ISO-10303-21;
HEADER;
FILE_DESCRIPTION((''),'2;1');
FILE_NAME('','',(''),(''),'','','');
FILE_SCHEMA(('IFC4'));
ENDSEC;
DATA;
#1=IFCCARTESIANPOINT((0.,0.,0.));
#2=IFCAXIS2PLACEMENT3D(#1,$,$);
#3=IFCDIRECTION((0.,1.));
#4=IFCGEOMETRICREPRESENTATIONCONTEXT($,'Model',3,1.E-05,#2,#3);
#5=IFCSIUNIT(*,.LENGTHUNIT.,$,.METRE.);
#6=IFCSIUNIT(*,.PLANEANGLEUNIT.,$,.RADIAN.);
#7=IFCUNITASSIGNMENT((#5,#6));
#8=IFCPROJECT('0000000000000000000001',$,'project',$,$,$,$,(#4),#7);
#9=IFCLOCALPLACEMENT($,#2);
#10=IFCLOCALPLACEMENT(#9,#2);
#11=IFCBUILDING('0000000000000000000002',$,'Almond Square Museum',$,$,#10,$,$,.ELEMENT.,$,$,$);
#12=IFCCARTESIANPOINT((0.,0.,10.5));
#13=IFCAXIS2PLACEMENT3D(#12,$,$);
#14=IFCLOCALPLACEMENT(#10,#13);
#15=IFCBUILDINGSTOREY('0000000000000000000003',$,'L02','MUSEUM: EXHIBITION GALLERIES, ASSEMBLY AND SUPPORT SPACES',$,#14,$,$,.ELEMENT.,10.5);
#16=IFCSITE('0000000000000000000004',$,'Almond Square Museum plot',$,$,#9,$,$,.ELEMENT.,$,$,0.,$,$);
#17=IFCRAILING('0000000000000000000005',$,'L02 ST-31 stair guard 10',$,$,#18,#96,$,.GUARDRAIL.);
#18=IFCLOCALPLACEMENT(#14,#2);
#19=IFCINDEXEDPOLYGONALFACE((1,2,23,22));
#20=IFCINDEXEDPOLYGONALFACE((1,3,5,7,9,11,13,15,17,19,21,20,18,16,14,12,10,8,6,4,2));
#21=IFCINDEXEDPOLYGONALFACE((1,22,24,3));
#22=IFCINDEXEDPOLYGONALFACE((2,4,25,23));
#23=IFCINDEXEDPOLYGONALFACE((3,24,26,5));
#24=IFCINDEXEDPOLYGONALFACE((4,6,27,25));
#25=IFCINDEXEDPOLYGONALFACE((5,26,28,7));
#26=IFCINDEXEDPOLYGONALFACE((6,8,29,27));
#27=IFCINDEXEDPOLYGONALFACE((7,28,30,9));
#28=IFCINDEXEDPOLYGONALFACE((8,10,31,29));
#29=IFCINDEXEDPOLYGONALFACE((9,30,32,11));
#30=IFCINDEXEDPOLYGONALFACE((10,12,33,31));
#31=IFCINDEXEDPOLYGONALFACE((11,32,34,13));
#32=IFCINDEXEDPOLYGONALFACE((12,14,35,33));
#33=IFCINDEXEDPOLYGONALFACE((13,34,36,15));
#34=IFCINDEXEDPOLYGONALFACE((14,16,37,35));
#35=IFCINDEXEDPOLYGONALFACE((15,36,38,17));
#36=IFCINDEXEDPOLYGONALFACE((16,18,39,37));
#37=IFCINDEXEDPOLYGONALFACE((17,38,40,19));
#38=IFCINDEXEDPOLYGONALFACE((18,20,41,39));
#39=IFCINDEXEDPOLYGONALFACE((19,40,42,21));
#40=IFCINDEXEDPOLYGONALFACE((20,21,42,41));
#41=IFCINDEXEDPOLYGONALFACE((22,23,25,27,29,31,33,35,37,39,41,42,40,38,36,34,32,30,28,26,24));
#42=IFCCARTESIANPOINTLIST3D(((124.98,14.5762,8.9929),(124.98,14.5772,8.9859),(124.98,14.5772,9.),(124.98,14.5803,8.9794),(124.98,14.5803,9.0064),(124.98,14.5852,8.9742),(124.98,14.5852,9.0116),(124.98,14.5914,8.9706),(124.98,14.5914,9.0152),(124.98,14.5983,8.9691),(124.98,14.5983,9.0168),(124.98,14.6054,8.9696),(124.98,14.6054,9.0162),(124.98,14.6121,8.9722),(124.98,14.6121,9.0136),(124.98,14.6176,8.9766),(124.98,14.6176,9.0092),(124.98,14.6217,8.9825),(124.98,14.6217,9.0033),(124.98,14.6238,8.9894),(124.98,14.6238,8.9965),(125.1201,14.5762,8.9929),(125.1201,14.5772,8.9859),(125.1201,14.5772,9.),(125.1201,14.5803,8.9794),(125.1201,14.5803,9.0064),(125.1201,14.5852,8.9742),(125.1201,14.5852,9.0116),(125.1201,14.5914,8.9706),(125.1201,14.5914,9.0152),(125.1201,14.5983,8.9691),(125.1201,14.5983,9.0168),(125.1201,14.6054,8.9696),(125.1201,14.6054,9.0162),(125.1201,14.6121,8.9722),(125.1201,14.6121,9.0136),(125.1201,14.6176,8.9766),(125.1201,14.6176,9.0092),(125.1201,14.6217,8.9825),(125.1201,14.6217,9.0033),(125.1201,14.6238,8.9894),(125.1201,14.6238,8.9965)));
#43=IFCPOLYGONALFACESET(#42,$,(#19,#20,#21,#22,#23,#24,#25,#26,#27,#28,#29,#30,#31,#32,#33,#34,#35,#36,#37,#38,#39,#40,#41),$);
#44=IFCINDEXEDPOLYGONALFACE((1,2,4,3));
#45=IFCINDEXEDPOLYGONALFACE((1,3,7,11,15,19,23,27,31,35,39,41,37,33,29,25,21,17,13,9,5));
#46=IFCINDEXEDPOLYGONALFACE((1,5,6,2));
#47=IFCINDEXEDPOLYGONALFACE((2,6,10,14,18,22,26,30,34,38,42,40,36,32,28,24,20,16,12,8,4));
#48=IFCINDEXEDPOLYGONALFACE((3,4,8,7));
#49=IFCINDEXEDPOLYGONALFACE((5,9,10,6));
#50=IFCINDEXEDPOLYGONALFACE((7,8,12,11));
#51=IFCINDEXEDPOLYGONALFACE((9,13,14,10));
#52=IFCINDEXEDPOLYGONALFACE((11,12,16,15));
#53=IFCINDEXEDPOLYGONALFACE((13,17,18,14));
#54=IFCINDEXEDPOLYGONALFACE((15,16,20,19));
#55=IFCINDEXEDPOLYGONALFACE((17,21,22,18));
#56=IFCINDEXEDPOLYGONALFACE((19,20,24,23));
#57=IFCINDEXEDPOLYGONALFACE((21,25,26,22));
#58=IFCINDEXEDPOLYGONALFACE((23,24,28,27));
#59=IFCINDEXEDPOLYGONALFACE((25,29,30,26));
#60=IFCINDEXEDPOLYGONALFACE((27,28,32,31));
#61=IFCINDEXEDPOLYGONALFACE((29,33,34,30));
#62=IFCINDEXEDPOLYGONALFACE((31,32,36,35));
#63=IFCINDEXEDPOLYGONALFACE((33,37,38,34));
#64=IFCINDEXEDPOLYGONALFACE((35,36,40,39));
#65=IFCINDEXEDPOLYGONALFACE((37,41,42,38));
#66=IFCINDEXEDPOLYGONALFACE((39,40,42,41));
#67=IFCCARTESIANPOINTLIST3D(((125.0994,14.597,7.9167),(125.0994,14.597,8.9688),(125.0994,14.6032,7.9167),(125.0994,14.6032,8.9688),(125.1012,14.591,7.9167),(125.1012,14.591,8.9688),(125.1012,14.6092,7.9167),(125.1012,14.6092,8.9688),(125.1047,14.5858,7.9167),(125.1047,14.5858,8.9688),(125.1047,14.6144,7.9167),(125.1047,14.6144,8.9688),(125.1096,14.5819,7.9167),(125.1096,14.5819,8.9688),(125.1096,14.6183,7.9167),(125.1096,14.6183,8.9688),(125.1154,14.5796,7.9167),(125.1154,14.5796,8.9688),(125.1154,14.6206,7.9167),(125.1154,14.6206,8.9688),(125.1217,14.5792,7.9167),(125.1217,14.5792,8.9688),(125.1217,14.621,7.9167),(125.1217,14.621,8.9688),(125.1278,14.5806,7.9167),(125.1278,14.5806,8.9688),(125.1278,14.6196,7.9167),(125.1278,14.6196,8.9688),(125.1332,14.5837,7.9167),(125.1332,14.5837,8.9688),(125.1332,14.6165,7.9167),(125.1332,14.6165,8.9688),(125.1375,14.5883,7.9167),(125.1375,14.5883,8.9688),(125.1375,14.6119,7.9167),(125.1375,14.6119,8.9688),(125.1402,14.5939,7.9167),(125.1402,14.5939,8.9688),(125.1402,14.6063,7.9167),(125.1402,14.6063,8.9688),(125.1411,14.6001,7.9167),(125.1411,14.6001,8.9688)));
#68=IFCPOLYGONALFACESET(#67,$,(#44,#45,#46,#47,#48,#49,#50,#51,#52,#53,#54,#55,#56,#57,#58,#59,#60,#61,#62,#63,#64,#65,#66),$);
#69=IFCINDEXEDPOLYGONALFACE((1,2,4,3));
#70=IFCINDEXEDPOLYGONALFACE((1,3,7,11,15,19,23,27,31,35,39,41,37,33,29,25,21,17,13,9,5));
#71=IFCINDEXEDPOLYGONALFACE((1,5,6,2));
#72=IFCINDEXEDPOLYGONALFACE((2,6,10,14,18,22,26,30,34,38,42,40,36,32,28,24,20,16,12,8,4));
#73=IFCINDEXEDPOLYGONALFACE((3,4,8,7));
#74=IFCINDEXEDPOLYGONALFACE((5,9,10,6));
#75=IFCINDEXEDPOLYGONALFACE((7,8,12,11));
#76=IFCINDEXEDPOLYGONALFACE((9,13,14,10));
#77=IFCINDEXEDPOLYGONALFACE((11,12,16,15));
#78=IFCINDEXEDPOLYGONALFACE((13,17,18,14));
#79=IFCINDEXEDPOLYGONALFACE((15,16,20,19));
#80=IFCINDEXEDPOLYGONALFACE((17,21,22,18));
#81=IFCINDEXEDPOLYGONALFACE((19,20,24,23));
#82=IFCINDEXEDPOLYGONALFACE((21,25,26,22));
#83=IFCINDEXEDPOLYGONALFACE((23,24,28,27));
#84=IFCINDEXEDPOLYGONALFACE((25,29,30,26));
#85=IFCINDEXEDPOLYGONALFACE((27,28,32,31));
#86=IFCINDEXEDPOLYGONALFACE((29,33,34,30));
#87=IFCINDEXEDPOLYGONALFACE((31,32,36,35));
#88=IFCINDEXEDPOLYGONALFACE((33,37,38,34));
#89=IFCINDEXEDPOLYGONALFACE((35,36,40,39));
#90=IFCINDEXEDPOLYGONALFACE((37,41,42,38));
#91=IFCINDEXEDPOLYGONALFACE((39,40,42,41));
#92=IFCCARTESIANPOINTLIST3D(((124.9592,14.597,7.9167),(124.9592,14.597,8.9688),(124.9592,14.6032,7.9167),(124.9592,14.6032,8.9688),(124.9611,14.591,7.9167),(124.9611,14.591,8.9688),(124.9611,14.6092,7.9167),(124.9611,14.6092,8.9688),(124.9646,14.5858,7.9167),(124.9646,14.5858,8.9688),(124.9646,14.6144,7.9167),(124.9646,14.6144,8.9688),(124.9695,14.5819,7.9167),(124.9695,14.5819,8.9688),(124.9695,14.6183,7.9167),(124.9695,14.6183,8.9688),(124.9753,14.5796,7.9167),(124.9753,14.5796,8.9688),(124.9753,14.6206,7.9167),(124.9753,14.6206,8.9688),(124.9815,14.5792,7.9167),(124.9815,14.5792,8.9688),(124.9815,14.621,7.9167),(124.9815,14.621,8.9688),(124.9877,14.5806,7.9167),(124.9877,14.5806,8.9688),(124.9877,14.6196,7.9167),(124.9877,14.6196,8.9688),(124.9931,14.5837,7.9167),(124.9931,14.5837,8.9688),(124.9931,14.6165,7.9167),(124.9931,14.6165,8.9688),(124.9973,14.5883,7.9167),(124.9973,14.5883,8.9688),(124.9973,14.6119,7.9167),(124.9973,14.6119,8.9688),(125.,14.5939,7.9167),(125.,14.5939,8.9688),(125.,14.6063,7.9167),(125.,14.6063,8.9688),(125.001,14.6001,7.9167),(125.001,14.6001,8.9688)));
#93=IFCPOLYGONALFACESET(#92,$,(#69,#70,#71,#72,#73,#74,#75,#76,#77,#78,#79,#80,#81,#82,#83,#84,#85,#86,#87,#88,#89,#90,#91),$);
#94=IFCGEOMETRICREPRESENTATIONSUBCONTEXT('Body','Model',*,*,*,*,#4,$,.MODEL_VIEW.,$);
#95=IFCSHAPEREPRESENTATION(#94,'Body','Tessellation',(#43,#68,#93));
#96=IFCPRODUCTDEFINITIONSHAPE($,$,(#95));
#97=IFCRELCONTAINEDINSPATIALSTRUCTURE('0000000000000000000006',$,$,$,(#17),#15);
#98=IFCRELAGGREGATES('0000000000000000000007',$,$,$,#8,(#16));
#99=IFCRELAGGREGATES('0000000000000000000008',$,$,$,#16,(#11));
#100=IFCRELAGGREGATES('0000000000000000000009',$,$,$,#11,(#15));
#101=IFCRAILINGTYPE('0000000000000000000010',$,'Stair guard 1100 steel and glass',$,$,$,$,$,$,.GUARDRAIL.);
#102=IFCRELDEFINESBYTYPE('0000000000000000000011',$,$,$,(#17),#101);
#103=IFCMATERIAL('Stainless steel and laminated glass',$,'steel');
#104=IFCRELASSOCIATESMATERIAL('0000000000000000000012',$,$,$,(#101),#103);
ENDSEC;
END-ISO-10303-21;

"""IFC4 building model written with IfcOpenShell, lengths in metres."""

from ifc_helpers import new_model, si_unit, direction, frame, origin, origin_2d, place, context, subcontext, project, spatial, circle, extrude, material, type_object, element, save


model = new_model("IFC4")

# Units and contexts
model_context = context("Model", 3, precision=1e-05, world=origin(), true_north=direction((0.0, 1.0)))
body_context = subcontext(model_context, "Body", "Model", "MODEL_VIEW")
ifc_project = project(units=[si_unit("LENGTHUNIT", "METRE"), si_unit("PLANEANGLEUNIT", "RADIAN")], contexts=[model_context])

# Site, building, storey
site_placement = place(None, origin())
site = spatial("IfcSite", under=ifc_project, at=site_placement, Name="Almond Square Museum plot", CompositionType="ELEMENT", RefElevation=0.0)
building_placement = place(site_placement, origin())
building = spatial("IfcBuilding", under=site, at=building_placement, Name="Almond Square Museum", CompositionType="ELEMENT")
storey_placement = place(building_placement, frame((0.0, 0.0, 10.5)))
storey = spatial("IfcBuildingStorey", under=building, at=storey_placement, Name="L02", Description="MUSEUM: EXHIBITION GALLERIES, ASSEMBLY AND SUPPORT SPACES", CompositionType="ELEMENT", Elevation=10.5)

# Railing
ifc_material_1 = material(Name="Stainless steel and laminated glass", Category="steel")
railing_type_1 = type_object("IfcRailingType", Name="Stair guard 1100 steel and glass", PredefinedType="GUARDRAIL", material=ifc_material_1)
railing_1_placement = place(storey_placement, frame((125.1201, 14.6001, 7.9167)))
element("IfcRailing", 1, at=railing_1_placement, inside=storey, type_object=railing_type_1, Name="L02 ST-31 stair guard 10", PredefinedType="GUARDRAIL", context=body_context, shape_type="SweptSolid", body=[
    extrude(circle(Radius=0.0239, at=origin_2d()), frame((0.0, 0.0, 1.0762), z_axis=(-1.0, 0.0, 0.0), x_axis=(0.0, -1.0, 0.0)), (0.0, 0.0, 1.0), 0.1401),
    extrude(circle(Radius=0.021, at=origin_2d()), origin(), (0.0, 0.0, 1.0), 1.052),
    extrude(circle(Radius=0.021, at=origin_2d()), frame((-0.1401, 0.0, 0.0)), (0.0, 0.0, 1.0), 1.052),
])

save(model, "model.ifc")
